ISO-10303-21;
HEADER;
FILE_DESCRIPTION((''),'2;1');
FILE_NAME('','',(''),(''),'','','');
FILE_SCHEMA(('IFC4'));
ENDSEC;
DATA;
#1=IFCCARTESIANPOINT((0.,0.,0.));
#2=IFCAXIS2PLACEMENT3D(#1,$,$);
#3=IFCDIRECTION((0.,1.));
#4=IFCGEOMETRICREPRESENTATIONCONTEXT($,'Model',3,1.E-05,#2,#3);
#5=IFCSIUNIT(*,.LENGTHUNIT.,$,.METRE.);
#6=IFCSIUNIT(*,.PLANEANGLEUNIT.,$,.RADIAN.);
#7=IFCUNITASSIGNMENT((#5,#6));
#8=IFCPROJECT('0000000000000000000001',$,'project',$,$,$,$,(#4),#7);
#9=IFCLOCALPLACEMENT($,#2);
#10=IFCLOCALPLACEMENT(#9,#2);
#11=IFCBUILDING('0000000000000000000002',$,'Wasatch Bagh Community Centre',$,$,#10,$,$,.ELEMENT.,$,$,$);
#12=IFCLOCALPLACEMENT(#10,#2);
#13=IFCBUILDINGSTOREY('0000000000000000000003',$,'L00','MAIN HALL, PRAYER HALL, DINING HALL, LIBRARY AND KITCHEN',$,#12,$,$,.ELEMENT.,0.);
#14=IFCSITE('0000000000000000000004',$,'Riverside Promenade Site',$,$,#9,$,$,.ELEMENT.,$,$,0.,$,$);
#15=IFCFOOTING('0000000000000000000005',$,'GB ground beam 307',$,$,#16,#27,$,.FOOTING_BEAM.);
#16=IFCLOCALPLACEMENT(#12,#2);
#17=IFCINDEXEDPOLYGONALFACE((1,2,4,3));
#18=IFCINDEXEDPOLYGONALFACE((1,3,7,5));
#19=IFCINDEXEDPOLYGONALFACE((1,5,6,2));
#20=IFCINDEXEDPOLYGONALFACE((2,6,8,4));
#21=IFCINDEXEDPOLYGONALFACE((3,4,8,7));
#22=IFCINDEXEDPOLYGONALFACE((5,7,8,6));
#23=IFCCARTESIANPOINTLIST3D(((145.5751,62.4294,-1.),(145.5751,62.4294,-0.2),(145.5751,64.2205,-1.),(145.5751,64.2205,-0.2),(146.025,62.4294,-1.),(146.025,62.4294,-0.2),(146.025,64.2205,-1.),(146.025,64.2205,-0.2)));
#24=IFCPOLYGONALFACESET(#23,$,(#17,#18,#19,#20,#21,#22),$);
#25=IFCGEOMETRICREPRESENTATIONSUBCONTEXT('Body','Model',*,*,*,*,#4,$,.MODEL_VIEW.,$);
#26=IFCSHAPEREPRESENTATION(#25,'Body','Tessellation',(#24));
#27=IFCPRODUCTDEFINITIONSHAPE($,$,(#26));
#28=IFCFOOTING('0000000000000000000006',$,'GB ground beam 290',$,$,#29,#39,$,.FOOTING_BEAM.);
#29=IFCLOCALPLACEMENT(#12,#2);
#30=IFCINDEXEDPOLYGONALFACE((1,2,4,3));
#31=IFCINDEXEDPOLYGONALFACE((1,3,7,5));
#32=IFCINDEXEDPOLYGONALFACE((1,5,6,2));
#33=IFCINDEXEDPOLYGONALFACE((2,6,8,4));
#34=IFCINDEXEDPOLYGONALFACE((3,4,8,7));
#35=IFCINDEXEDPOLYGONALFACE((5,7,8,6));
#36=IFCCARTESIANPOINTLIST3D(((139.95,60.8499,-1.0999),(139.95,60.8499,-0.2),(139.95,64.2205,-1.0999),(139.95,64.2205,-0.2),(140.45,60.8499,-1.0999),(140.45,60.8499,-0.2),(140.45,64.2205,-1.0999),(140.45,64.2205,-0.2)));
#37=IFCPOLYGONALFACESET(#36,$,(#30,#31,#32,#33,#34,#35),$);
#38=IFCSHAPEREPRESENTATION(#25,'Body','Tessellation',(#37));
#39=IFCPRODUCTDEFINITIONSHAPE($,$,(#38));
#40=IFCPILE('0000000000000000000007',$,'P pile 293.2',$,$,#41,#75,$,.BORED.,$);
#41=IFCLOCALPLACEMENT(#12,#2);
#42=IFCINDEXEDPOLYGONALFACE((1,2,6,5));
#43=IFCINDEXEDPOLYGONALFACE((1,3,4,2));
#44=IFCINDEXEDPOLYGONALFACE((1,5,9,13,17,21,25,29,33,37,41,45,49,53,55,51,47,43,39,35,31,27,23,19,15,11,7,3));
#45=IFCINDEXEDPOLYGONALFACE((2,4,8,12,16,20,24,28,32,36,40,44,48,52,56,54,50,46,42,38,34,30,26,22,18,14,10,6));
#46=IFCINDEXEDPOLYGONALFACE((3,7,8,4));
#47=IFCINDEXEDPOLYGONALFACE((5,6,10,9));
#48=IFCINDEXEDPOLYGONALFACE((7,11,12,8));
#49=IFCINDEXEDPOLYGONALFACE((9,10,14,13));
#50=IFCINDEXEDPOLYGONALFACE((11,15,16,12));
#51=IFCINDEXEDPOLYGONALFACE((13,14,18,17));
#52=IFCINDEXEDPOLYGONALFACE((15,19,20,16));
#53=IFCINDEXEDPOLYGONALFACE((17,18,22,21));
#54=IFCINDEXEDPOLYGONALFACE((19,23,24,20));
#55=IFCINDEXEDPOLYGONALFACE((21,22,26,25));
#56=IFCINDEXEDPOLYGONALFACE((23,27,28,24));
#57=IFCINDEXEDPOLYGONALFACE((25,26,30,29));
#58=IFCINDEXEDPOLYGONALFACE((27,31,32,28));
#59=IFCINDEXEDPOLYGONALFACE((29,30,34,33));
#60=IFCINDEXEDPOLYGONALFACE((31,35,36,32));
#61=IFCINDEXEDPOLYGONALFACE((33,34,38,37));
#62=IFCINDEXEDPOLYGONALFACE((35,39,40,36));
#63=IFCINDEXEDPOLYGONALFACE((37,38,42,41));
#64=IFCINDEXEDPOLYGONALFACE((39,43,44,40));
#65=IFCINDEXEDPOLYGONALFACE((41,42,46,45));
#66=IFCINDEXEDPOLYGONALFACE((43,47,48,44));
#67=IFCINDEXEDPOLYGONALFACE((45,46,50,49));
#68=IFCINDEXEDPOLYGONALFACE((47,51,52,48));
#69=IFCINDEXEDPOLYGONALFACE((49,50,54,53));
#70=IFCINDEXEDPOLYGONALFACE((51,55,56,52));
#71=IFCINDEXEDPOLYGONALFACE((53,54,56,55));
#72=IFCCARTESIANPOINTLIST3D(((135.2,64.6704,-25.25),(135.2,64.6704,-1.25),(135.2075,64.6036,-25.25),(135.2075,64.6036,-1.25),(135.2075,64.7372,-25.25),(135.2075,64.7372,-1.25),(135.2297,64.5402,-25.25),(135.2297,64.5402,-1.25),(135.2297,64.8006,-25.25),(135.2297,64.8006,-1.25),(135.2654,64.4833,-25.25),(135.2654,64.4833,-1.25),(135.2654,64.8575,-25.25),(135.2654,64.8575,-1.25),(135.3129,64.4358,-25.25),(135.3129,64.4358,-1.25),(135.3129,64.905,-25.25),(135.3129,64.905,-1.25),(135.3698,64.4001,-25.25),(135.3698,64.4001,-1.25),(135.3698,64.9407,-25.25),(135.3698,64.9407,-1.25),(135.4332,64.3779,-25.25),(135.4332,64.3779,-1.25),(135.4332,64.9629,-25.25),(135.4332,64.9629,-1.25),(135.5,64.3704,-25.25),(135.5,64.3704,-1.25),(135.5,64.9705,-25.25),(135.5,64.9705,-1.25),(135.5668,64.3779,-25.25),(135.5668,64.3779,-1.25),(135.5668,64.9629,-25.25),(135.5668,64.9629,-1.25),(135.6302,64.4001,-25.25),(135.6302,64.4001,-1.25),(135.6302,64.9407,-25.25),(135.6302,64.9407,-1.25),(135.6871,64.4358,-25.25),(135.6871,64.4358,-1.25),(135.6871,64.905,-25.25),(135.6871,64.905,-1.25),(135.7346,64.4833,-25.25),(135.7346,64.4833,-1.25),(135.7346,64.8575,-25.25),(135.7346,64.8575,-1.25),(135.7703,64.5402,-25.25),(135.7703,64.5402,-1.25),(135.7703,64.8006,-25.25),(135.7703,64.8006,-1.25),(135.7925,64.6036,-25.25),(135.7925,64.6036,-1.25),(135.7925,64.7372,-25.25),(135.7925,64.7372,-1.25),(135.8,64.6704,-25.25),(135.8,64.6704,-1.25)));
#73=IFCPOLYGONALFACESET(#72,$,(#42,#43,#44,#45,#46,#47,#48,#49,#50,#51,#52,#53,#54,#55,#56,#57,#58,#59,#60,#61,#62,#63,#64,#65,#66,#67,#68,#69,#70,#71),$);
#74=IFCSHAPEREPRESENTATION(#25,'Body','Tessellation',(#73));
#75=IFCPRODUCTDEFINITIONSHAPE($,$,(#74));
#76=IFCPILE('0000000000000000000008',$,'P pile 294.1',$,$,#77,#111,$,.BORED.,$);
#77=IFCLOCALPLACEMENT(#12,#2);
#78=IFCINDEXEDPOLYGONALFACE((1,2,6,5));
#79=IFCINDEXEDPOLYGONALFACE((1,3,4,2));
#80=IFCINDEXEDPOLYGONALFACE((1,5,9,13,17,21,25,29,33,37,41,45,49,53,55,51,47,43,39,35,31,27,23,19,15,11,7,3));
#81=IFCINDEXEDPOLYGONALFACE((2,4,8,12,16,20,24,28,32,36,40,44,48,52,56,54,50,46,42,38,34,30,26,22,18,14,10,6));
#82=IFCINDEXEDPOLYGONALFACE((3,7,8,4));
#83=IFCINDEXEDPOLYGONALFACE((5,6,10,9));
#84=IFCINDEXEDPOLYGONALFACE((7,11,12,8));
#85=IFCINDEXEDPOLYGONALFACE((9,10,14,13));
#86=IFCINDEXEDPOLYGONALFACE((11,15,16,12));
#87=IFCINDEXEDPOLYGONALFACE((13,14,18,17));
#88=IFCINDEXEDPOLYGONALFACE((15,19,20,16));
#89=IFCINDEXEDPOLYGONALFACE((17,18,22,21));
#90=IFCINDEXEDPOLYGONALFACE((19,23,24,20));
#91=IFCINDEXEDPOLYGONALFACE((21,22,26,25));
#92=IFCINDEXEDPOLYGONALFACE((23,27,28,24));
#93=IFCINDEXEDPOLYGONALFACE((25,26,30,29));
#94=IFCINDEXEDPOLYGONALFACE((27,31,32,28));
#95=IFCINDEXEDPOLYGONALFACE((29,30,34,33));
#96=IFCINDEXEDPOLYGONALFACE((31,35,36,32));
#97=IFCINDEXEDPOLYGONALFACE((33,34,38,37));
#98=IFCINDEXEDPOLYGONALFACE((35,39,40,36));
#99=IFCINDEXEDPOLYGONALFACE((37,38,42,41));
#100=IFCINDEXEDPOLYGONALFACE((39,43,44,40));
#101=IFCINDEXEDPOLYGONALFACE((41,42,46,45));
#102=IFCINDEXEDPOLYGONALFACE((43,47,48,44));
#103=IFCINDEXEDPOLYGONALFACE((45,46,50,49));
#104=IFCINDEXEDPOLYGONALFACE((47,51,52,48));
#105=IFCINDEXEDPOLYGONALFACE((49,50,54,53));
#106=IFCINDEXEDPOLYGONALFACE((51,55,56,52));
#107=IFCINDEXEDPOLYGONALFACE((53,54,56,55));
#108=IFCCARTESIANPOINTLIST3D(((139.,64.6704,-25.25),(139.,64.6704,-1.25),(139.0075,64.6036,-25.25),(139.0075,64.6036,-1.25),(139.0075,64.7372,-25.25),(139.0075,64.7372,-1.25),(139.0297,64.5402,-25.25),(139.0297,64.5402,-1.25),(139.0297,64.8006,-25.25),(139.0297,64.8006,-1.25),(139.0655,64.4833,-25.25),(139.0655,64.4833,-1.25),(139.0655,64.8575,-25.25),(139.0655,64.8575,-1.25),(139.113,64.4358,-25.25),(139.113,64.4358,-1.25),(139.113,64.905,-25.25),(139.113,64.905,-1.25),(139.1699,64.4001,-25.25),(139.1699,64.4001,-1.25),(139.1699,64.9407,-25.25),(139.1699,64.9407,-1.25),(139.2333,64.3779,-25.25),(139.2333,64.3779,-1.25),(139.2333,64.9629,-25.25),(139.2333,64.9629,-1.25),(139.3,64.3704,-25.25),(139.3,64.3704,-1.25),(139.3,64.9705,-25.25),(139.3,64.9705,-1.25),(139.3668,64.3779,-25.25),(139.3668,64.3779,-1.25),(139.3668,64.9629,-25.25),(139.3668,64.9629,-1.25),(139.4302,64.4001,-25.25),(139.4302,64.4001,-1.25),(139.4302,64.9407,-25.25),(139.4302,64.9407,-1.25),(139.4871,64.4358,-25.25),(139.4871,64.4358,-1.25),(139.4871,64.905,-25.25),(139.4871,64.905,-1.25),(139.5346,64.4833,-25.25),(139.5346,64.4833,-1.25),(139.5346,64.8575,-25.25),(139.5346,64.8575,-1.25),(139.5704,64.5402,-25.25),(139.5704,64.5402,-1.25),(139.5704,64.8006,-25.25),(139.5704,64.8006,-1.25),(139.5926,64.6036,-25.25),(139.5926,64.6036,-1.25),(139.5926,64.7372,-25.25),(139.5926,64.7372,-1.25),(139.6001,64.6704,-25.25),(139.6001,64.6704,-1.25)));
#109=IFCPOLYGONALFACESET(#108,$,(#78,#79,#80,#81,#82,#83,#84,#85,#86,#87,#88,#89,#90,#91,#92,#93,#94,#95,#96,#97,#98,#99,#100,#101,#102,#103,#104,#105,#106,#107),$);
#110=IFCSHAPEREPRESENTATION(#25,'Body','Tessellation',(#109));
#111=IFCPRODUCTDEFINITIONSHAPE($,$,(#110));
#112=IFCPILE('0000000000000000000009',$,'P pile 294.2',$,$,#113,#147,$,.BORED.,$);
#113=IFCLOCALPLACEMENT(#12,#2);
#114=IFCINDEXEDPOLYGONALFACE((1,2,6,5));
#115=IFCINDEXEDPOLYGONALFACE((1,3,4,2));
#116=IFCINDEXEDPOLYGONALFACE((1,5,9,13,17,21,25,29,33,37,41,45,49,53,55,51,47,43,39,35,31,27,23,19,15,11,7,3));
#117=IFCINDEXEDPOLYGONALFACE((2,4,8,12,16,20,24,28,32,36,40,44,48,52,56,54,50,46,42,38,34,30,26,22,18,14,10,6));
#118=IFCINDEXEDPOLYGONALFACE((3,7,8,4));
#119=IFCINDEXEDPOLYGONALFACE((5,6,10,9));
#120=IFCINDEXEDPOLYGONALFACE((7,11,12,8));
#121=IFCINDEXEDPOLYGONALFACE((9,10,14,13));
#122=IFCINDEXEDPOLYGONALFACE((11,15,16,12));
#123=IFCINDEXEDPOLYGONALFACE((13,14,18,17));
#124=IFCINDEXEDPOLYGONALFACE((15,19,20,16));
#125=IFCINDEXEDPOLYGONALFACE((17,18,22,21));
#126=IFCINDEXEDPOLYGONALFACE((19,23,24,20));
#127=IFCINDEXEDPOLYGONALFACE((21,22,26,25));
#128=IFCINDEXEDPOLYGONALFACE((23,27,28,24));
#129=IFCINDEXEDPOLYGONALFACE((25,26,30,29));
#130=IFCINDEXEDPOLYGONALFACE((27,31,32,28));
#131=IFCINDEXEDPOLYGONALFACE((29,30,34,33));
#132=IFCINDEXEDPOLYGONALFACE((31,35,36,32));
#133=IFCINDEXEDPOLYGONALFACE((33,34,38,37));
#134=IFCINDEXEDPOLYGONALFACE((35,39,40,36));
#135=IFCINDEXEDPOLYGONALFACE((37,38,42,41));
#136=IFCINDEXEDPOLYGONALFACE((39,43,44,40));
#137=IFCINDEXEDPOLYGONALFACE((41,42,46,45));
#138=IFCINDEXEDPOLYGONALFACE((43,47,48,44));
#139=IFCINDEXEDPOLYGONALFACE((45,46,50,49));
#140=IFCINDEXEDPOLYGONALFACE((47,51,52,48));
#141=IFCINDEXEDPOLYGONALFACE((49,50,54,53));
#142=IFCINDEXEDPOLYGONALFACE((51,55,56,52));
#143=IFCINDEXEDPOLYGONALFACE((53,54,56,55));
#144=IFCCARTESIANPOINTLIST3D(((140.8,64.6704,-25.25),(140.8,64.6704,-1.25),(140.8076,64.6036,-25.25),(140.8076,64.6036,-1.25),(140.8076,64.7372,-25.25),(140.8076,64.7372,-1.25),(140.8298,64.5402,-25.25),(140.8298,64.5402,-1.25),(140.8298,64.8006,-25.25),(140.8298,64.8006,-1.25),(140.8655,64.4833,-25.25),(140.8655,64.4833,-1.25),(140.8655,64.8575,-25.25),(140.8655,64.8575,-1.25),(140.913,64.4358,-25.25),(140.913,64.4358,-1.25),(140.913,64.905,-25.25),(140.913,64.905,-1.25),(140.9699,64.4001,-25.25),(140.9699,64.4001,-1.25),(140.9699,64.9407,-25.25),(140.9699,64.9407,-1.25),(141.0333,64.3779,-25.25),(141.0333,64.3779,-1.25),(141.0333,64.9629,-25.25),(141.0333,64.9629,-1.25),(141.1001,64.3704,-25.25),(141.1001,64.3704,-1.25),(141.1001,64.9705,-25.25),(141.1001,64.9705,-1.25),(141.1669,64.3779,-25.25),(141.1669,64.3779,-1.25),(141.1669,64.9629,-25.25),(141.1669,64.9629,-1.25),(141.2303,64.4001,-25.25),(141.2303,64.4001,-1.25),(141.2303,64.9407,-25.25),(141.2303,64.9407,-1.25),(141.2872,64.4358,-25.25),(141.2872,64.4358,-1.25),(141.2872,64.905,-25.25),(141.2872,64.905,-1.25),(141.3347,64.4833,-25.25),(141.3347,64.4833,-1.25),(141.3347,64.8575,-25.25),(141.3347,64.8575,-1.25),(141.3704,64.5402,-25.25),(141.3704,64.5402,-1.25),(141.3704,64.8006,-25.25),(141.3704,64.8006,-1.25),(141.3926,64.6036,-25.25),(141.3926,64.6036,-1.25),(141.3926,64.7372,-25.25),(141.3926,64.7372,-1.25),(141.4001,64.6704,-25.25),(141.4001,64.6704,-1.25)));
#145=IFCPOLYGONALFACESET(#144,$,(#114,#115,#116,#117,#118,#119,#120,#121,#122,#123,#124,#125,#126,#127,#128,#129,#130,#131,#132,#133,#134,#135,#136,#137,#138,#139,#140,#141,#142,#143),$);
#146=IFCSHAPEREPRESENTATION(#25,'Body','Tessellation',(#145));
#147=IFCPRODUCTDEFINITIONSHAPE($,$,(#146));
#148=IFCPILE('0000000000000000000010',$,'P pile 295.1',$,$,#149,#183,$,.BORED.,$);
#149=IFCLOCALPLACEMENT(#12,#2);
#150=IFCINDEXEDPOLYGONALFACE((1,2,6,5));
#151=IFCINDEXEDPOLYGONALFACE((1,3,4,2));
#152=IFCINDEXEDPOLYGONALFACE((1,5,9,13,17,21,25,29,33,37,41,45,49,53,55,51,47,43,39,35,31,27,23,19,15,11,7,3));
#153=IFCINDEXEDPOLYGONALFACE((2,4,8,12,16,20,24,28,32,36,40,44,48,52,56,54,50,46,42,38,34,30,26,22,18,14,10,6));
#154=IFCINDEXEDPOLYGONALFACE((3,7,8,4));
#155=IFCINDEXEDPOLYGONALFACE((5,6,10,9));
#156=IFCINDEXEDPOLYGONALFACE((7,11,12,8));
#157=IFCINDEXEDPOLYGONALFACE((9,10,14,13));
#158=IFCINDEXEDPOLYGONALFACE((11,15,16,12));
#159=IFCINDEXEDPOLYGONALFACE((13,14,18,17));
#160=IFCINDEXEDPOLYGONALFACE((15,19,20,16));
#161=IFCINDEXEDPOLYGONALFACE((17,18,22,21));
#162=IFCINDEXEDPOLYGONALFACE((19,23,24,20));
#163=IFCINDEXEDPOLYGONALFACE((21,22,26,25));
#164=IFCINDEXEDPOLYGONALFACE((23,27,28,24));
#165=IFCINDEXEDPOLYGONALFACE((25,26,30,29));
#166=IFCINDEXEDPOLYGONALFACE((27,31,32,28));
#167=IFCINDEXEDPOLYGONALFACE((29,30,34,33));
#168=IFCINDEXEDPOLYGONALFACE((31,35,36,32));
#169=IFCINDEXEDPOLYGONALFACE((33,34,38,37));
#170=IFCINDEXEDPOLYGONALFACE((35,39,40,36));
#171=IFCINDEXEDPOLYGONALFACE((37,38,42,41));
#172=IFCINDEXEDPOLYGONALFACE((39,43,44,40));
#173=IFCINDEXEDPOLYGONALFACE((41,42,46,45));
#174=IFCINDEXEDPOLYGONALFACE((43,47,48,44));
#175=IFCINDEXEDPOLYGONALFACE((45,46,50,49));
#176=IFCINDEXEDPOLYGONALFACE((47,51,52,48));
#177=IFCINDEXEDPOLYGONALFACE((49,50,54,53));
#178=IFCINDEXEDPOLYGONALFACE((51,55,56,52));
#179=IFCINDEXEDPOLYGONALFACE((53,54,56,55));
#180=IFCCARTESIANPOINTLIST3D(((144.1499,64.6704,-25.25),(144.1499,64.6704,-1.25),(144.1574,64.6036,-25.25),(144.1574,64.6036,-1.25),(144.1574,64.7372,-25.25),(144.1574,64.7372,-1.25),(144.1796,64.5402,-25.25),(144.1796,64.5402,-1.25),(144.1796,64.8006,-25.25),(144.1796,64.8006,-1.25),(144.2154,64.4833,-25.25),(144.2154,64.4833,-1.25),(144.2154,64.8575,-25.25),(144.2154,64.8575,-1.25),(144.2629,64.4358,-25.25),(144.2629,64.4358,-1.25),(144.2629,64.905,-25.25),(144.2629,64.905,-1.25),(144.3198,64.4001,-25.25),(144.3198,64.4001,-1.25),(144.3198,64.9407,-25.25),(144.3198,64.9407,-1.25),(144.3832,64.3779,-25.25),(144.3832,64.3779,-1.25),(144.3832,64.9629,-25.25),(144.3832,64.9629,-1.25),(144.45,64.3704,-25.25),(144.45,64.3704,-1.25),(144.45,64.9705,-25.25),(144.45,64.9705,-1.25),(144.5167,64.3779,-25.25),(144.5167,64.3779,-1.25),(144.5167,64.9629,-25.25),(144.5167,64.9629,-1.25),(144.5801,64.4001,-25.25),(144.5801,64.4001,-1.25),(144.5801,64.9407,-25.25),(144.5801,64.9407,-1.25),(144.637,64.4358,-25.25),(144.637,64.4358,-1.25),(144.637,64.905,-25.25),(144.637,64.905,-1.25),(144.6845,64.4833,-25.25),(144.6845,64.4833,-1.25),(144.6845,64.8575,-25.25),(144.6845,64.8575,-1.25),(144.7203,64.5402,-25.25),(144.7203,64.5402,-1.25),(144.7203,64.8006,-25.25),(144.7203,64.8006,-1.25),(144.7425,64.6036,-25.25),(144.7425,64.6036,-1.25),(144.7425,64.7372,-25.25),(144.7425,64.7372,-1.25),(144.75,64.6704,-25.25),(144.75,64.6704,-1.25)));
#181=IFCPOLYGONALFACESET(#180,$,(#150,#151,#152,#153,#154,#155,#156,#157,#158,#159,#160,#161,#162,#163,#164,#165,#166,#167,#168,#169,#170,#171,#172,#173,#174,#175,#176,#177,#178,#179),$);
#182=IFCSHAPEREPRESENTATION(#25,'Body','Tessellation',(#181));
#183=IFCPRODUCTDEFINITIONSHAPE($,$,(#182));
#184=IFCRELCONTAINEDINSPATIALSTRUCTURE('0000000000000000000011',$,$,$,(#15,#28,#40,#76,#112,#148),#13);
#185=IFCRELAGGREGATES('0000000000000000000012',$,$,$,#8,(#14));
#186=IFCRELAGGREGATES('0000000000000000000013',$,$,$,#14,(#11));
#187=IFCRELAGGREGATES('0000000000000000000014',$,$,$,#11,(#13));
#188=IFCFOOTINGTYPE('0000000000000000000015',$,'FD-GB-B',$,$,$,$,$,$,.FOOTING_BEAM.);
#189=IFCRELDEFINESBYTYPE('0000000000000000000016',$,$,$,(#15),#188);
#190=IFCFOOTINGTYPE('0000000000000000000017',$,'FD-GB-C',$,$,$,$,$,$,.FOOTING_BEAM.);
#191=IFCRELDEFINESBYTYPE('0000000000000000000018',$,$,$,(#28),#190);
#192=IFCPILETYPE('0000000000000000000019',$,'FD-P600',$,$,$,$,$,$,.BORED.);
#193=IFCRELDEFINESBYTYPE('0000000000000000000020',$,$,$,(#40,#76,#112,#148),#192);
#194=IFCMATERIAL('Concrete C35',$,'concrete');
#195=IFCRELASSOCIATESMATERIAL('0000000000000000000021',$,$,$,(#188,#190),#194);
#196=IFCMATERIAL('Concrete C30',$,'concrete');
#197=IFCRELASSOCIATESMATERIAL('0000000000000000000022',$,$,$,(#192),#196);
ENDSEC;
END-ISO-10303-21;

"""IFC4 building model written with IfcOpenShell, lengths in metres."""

from ifc_helpers import new_model, si_unit, direction, frame, origin, origin_2d, place, context, subcontext, project, spatial, rectangle, circle, extrude, material, material_profile, profile_set, type_object, element, save


model = new_model("IFC4")

# Units and contexts
model_context = context("Model", 3, precision=1e-05, world=origin(), true_north=direction((0.0, 1.0)))
body_context = subcontext(model_context, "Body", "Model", "MODEL_VIEW")
ifc_project = project(units=[si_unit("LENGTHUNIT", "METRE"), si_unit("PLANEANGLEUNIT", "RADIAN")], contexts=[model_context])

# Site, building, storey
site_placement = place(None, origin())
site = spatial("IfcSite", under=ifc_project, at=site_placement, Name="Riverside Promenade Site", CompositionType="ELEMENT", RefElevation=0.0)
building_placement = place(site_placement, origin())
building = spatial("IfcBuilding", under=site, at=building_placement, Name="Wasatch Bagh Community Centre", CompositionType="ELEMENT")
storey_placement = place(building_placement, origin())
storey = spatial("IfcBuildingStorey", under=building, at=storey_placement, Name="L00", Description="MAIN HALL, PRAYER HALL, DINING HALL, LIBRARY AND KITCHEN", CompositionType="ELEMENT", Elevation=0.0)

# Footings
ifc_material_1 = material(Name="Concrete C35", Category="concrete")
footing_type_1 = type_object("IfcFootingType", Name="FD-GB-B", PredefinedType="FOOTING_BEAM", material=ifc_material_1)
footing_1_placement = place(storey_placement, frame((145.8, 63.325, -1.0), z_axis=(0.0, 0.0, 1.0), x_axis=(0.0, -1.0, 0.0)))
element("IfcFooting", 1, at=footing_1_placement, inside=storey, type_object=footing_type_1, Name="GB ground beam 307", PredefinedType="FOOTING_BEAM", context=body_context, shape_type="SweptSolid", body=[
    extrude(rectangle(XDim=1.791, YDim=0.45, at=origin_2d()), origin(), (0.0, 0.0, 1.0), 0.8),
])
footing_type_2 = type_object("IfcFootingType", Name="FD-GB-C", PredefinedType="FOOTING_BEAM", material=ifc_material_1)
footing_2_placement = place(storey_placement, frame((140.2, 62.5352, -1.0999), z_axis=(0.0, 0.0, 1.0), x_axis=(0.0, 1.0, 0.0)))
element("IfcFooting", 2, at=footing_2_placement, inside=storey, type_object=footing_type_2, Name="GB ground beam 290", PredefinedType="FOOTING_BEAM", context=body_context, shape_type="SweptSolid", body=[
    extrude(rectangle(XDim=3.3706, YDim=0.5, at=origin_2d()), origin(), (0.0, 0.0, 1.0), 0.8999),
])

# Piles
ifc_material_2 = material(Name="Concrete C30", Category="concrete")
ifc_material_profile = material_profile(ifc_material_2, circle(Radius=0.3, at=origin_2d()), Name="RC D600")
ifc_profile_set = profile_set([ifc_material_profile], Name="Concrete C30")
pile_type = type_object("IfcPileType", Name="FD-P600", PredefinedType="BORED", material=ifc_profile_set)
for number, where, z_axis, x_axis, name in (
    (3, (135.5, 64.6704, -1.25), (0.0, 0.0, -1.0), (1.0, 0.0, 0.0), "P pile 293.2"),
    (4, (139.3, 64.6704, -1.25), (0.0, 0.0, -1.0), (1.0, 0.0, 0.0), "P pile 294.1"),
    (5, (141.1001, 64.6704, -1.25), (0.0, 0.0, -1.0), (1.0, 0.0, 0.0), "P pile 294.2"),
    (6, (144.45, 64.6704, -1.25), (0.0, 0.0, -1.0), (1.0, 0.0, 0.0), "P pile 295.1"),
):
    element("IfcPile", number, at=place(storey_placement, frame(where, z_axis=z_axis, x_axis=x_axis)), inside=storey, type_object=pile_type, Name=name, PredefinedType="BORED", context=body_context, shape_type="SweptSolid", body=[
        extrude(circle(Radius=0.3, at=origin_2d()), origin(), (0.0, 0.0, 1.0), 24.0),
    ])

save(model, "model.ifc")
